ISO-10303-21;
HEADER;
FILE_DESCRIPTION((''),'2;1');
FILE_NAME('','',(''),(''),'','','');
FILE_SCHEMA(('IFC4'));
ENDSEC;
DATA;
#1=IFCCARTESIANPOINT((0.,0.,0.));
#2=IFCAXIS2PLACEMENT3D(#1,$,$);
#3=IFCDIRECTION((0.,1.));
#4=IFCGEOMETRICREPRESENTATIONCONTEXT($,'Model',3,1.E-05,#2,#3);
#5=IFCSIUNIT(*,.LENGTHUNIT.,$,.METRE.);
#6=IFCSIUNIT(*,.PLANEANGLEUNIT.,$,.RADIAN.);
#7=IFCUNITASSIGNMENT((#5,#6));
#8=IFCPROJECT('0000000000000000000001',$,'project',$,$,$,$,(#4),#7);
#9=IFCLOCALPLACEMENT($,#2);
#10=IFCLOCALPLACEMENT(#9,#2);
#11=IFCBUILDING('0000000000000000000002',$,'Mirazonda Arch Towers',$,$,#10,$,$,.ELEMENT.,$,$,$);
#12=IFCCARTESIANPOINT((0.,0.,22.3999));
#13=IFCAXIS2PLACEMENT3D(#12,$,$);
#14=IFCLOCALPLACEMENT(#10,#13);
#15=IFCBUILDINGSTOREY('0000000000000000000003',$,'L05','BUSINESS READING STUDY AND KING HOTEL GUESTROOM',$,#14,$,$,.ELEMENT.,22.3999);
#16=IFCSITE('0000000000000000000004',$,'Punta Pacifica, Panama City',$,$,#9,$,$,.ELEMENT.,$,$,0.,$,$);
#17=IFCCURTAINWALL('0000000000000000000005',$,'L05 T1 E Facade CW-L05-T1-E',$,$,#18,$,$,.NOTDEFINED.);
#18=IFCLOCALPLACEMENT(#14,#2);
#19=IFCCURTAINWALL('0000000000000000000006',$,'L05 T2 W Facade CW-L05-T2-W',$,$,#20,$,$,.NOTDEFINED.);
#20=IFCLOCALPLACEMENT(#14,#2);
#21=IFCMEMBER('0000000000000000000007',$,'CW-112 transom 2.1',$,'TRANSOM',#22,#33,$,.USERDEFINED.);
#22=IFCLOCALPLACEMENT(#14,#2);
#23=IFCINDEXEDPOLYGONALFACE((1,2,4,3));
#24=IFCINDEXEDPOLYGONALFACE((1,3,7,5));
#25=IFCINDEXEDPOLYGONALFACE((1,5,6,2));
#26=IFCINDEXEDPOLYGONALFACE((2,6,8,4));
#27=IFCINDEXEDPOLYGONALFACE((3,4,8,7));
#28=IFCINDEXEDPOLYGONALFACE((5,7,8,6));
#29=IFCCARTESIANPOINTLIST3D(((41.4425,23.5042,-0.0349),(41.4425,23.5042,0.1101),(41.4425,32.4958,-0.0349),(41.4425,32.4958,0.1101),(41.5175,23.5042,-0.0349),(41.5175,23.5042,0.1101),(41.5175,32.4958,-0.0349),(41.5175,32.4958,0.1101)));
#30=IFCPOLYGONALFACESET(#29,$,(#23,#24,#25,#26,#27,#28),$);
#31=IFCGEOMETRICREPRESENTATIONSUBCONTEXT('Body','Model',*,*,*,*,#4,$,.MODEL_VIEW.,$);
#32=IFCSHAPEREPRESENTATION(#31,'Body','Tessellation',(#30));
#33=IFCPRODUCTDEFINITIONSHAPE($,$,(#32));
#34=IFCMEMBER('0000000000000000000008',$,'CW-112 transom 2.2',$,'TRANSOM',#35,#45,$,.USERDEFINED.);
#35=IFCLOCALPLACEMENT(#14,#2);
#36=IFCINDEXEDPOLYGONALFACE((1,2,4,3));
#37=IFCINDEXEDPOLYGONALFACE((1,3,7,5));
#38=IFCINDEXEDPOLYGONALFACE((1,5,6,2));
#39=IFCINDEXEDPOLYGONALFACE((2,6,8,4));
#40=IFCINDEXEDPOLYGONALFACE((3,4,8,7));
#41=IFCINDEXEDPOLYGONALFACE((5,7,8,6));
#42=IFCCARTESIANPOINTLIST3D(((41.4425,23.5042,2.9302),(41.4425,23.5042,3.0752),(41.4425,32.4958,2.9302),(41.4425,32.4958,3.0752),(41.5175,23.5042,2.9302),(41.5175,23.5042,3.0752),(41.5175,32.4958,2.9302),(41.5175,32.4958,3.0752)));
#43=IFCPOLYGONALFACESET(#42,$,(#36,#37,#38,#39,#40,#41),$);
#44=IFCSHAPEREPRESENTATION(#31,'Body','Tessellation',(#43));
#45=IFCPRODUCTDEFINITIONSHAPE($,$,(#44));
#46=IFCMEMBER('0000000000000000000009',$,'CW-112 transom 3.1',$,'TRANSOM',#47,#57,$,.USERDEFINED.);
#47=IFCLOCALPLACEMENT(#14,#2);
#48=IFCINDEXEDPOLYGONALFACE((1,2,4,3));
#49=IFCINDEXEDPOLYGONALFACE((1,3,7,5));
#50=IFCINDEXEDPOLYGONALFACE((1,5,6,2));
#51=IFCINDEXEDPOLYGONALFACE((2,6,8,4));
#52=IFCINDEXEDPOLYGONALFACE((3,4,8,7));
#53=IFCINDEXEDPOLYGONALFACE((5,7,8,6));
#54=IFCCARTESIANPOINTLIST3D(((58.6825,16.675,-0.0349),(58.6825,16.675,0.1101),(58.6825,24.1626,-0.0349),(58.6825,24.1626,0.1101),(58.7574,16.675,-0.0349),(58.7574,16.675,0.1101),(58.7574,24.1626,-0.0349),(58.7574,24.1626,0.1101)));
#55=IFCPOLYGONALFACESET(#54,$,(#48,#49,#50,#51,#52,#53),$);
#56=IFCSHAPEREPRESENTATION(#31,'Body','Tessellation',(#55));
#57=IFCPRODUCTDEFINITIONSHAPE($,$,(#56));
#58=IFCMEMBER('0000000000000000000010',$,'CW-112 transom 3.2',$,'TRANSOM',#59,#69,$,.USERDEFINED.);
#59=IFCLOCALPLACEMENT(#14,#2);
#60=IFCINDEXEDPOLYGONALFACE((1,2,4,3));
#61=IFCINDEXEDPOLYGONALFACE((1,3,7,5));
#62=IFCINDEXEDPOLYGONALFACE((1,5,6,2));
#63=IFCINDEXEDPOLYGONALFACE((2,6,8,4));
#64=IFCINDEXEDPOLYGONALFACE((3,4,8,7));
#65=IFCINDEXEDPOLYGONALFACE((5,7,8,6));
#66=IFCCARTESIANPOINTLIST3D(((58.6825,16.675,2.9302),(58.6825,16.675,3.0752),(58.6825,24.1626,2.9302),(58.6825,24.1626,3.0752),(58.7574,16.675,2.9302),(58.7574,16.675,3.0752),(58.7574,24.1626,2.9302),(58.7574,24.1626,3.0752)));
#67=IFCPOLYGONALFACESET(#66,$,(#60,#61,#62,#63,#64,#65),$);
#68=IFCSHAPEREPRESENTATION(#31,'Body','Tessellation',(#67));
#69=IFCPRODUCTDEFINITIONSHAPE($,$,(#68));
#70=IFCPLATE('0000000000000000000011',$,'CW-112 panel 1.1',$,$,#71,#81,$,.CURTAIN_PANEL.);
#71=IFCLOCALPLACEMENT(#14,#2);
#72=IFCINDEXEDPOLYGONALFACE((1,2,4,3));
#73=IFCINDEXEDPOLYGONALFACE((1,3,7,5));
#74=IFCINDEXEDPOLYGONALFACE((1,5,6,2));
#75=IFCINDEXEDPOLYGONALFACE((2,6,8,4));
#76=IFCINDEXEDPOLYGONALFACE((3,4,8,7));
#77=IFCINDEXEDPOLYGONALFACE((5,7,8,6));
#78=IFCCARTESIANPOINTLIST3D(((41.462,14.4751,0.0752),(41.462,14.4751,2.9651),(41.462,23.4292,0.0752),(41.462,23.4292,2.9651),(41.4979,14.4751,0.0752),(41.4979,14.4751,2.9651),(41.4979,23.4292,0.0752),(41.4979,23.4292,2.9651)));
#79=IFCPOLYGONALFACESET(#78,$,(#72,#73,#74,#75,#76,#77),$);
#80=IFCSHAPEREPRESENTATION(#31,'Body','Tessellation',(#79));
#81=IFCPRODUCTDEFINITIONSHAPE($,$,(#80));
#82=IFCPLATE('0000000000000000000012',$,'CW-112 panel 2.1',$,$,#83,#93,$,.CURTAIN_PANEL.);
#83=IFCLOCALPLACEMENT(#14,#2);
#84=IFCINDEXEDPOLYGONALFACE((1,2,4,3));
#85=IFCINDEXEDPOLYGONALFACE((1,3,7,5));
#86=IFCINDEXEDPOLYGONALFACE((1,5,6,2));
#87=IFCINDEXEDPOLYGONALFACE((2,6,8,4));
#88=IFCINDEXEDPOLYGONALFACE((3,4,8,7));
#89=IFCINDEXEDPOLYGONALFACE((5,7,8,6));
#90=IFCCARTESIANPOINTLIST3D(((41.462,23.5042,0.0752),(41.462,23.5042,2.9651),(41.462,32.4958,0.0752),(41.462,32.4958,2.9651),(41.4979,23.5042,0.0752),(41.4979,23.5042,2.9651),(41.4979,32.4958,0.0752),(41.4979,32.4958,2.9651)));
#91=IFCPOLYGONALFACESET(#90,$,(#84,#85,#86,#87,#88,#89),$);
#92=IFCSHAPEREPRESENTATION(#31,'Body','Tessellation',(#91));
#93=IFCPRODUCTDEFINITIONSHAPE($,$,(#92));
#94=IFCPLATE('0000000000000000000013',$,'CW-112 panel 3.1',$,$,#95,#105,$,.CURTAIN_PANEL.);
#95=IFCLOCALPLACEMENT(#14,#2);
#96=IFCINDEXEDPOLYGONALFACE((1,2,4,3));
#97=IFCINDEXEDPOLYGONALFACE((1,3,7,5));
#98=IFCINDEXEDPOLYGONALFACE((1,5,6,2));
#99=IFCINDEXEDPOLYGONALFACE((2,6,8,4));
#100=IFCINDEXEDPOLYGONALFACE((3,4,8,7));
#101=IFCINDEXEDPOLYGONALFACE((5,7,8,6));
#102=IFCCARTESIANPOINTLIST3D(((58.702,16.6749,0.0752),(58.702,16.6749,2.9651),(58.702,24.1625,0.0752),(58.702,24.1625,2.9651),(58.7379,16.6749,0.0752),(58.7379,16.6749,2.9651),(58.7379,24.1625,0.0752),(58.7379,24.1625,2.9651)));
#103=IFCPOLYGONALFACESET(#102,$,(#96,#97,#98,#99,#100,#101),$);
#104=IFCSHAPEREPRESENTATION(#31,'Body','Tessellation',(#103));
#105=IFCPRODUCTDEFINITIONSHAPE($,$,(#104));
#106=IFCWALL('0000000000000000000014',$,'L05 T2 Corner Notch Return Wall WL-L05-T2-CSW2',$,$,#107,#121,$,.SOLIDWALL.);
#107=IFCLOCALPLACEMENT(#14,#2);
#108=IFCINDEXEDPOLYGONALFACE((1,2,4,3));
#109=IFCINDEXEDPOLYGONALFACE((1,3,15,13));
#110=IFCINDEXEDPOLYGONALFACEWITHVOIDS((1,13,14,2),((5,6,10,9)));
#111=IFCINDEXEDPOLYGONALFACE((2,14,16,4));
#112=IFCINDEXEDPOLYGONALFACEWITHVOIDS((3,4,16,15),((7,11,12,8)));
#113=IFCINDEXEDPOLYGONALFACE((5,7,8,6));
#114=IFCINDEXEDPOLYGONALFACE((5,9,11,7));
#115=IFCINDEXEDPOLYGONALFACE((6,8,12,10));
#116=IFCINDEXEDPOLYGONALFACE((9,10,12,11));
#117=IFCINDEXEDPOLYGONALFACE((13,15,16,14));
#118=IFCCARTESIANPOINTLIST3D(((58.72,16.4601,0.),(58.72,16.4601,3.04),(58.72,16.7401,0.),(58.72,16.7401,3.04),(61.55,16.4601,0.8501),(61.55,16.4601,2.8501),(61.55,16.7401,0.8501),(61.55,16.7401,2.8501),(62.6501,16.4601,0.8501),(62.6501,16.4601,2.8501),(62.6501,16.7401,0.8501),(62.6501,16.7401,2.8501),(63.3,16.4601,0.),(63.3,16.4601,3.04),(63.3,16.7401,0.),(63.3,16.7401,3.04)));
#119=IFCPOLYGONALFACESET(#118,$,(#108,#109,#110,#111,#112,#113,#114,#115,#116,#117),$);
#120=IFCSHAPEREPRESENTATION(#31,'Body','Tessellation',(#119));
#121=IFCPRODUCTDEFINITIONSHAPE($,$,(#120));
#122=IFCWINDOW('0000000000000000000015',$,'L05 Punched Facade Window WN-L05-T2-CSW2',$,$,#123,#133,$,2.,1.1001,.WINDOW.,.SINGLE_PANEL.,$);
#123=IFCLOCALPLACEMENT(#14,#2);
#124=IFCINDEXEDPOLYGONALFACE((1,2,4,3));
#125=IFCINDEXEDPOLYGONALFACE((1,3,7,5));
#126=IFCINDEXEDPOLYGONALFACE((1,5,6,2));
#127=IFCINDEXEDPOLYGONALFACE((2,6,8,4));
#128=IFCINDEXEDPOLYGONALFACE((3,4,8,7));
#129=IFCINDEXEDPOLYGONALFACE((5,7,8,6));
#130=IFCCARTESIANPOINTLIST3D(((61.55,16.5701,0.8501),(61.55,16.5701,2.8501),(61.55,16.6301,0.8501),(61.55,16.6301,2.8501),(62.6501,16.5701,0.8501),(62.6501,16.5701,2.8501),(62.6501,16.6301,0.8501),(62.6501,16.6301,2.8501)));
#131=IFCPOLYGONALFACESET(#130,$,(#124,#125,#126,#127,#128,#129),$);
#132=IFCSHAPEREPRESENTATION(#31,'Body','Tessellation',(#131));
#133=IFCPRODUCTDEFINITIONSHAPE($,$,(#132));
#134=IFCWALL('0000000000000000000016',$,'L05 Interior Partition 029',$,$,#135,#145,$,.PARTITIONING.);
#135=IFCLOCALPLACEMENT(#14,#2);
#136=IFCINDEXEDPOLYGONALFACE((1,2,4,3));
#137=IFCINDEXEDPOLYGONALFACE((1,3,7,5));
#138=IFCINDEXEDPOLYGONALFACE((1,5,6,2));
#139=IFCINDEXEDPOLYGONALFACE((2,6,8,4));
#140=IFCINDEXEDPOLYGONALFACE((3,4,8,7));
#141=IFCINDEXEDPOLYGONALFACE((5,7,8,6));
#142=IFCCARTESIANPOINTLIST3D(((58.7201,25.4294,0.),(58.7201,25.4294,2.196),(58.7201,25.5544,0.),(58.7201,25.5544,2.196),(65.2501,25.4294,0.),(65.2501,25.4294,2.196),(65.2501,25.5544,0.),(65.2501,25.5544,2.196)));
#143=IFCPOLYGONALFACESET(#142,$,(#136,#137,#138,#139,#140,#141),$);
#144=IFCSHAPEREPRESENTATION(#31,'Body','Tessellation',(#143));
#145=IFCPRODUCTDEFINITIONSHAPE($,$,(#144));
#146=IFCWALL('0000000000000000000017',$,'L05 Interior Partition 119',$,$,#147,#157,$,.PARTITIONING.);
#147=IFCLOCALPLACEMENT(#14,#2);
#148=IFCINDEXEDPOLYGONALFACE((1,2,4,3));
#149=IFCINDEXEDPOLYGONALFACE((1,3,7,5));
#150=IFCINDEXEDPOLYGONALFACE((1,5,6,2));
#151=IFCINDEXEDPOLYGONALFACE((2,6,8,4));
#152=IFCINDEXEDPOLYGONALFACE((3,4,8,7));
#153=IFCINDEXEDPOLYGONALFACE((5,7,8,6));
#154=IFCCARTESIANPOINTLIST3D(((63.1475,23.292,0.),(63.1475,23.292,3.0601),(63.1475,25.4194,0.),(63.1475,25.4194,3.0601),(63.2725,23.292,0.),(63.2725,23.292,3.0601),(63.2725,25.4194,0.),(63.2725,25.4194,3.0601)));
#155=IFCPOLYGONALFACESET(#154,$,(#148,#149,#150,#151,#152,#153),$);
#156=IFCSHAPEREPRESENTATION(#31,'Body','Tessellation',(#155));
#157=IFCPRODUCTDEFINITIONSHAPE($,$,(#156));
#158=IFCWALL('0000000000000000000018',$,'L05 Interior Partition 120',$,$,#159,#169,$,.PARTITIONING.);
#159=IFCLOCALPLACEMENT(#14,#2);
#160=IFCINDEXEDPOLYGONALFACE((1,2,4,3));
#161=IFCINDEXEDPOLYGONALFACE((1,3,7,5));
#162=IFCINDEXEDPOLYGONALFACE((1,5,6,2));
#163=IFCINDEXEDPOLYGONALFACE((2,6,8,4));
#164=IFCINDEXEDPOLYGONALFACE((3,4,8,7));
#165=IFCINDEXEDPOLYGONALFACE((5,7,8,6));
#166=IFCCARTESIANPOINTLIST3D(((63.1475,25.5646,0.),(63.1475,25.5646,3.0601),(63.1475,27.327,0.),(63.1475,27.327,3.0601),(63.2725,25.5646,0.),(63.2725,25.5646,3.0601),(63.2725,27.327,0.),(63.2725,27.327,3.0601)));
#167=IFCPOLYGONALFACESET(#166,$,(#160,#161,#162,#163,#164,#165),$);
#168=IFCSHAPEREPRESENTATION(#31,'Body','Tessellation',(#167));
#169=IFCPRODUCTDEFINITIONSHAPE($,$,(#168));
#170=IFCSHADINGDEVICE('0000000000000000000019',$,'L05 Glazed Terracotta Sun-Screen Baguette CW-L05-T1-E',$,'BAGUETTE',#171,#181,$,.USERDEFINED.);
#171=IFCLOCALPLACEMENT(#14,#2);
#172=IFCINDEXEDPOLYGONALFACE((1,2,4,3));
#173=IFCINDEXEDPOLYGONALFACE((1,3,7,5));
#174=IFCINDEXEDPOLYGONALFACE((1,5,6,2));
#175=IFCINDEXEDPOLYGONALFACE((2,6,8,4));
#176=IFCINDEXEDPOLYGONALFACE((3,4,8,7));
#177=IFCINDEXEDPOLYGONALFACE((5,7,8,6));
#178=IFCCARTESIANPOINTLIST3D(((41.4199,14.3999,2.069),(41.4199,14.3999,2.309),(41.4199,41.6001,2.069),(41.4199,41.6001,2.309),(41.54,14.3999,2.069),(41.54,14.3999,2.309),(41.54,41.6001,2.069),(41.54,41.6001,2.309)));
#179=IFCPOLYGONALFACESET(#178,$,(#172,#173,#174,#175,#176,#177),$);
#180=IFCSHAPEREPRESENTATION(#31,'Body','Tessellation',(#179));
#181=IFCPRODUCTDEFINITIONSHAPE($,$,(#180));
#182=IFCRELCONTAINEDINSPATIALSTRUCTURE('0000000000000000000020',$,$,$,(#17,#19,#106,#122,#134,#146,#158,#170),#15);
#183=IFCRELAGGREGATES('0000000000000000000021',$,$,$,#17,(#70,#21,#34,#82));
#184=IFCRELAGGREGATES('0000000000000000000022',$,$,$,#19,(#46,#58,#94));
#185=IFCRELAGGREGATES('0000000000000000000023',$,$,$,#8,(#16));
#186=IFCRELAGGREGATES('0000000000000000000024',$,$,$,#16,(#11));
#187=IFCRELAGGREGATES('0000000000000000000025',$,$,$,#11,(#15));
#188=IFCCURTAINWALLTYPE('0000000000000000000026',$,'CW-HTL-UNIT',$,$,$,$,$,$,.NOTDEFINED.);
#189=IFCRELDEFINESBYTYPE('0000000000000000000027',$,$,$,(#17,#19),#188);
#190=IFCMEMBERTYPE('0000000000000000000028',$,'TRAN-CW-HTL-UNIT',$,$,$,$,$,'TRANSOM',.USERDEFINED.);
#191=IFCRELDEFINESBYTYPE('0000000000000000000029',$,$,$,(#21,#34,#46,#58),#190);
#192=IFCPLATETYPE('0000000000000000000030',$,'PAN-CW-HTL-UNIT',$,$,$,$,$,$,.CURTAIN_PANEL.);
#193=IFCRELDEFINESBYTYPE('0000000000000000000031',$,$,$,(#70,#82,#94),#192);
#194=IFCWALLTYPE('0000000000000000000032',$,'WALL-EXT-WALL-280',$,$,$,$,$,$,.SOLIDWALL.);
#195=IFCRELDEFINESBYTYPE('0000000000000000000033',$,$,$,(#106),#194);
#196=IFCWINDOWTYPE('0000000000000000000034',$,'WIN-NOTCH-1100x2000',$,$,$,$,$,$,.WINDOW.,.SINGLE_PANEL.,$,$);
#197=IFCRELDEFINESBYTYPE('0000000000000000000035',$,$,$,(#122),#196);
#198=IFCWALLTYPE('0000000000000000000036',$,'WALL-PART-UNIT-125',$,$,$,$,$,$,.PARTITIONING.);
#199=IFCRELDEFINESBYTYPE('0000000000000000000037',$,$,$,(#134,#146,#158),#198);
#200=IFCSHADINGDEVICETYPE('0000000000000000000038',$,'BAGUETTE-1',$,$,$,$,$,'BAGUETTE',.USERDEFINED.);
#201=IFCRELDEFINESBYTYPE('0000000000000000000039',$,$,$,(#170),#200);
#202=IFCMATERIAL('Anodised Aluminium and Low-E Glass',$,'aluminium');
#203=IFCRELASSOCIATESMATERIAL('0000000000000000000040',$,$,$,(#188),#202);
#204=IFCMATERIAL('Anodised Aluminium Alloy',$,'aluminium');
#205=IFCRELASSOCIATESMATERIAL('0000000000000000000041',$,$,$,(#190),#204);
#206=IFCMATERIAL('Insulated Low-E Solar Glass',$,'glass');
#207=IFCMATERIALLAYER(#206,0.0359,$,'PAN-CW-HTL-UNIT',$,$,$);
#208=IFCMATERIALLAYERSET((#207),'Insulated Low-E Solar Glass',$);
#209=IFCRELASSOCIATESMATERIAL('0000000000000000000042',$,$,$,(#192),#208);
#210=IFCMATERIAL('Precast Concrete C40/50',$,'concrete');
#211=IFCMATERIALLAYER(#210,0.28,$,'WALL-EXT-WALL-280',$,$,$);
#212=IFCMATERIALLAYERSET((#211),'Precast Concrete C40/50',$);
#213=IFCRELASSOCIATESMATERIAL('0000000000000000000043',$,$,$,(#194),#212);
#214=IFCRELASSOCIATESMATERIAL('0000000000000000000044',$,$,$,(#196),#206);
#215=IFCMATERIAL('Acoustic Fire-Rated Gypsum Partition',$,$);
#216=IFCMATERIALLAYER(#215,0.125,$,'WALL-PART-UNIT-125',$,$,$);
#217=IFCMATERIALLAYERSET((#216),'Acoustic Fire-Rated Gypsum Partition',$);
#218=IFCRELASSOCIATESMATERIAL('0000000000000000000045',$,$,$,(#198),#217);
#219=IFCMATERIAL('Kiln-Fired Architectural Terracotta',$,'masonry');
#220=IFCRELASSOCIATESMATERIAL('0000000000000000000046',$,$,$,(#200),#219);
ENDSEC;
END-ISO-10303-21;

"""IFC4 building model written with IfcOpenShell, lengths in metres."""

from ifc_helpers import new_model, si_unit, direction, frame, frame_2d, origin, origin_2d, place, context, subcontext, project, spatial, rectangle, extrude, material, layer, layer_set, material_profile, profile_set, type_object, element, fill, aggregate, save


model = new_model("IFC4")

# Units and contexts
model_context = context("Model", 3, precision=1e-05, world=origin(), true_north=direction((0.0, 1.0)))
body_context = subcontext(model_context, "Body", "Model", "MODEL_VIEW")
ifc_project = project(units=[si_unit("LENGTHUNIT", "METRE"), si_unit("PLANEANGLEUNIT", "RADIAN")], contexts=[model_context])

# Site, building, storey
site_placement = place(None, origin())
site = spatial("IfcSite", under=ifc_project, at=site_placement, Name="Punta Pacifica, Panama City", CompositionType="ELEMENT", RefElevation=0.0)
building_placement = place(site_placement, origin())
building = spatial("IfcBuilding", under=site, at=building_placement, Name="Mirazonda Arch Towers", CompositionType="ELEMENT")
storey_placement = place(building_placement, frame((0.0, 0.0, 22.3999)))
storey = spatial("IfcBuildingStorey", under=building, at=storey_placement, Name="L05", Description="BUSINESS READING STUDY AND KING HOTEL GUESTROOM", CompositionType="ELEMENT", Elevation=22.3999)

# Curtain walls
ifc_material_1 = material(Name="Anodised Aluminium and Low-E Glass", Category="aluminium")
curtain_wall_type = type_object("IfcCurtainWallType", Name="CW-HTL-UNIT", PredefinedType="NOTDEFINED", material=ifc_material_1)
curtain_wall_1_placement = place(storey_placement, origin())
curtain_wall_1 = element("IfcCurtainWall", 1, at=curtain_wall_1_placement, inside=storey, type_object=curtain_wall_type, Name="L05 T1 E Facade CW-L05-T1-E", PredefinedType="NOTDEFINED")
ifc_material_2 = material(Name="Anodised Aluminium Alloy", Category="aluminium")
curtain_wall_2_placement = place(storey_placement, origin())
curtain_wall_2 = element("IfcCurtainWall", 2, at=curtain_wall_2_placement, inside=storey, type_object=curtain_wall_type, Name="L05 T2 W Facade CW-L05-T2-W", PredefinedType="NOTDEFINED")

# Members
ifc_material_profile_1 = material_profile(ifc_material_2, rectangle(XDim=0.075, YDim=0.145, at=origin_2d()), Name="ALU-TRAN-75x145")
ifc_profile_set_1 = profile_set([ifc_material_profile_1], Name="Anodised Aluminium Alloy")
member_type_1 = type_object("IfcMemberType", Name="TRAN-CW-HTL-UNIT", ElementType="TRANSOM", PredefinedType="USERDEFINED", material=ifc_profile_set_1)
member_1_placement = place(storey_placement, frame((41.48, 23.5042, 0.0376), z_axis=(0.0, 1.0, 0.0), x_axis=(-1.0, 0.0, 0.0)))
member_1 = element("IfcMember", 3, at=member_1_placement, type_object=member_type_1, Name="CW-112 transom 2.1", ObjectType="TRANSOM", PredefinedType="USERDEFINED", context=body_context, shape_type="SweptSolid", body=[
    extrude(rectangle(XDim=0.075, YDim=0.145, at=origin_2d()), origin(), (0.0, 0.0, 1.0), 8.9917),
])
member_2_placement = place(storey_placement, frame((41.48, 23.5042, 3.0027), z_axis=(0.0, 1.0, 0.0), x_axis=(-1.0, 0.0, 0.0)))
member_2 = element("IfcMember", 4, at=member_2_placement, type_object=member_type_1, Name="CW-112 transom 2.2", ObjectType="TRANSOM", PredefinedType="USERDEFINED", context=body_context, shape_type="SweptSolid", body=[
    extrude(rectangle(XDim=0.075, YDim=0.145, at=origin_2d()), origin(), (0.0, 0.0, 1.0), 8.9917),
])
member_3_placement = place(storey_placement, frame((58.72, 24.1626, 0.0376), z_axis=(0.0, -1.0, 0.0), x_axis=(1.0, 0.0, 0.0)))
member_3 = element("IfcMember", 5, at=member_3_placement, type_object=member_type_1, Name="CW-112 transom 3.1", ObjectType="TRANSOM", PredefinedType="USERDEFINED", context=body_context, shape_type="SweptSolid", body=[
    extrude(rectangle(XDim=0.075, YDim=0.145, at=origin_2d()), origin(), (0.0, 0.0, 1.0), 7.4875),
])
member_4_placement = place(storey_placement, frame((58.72, 24.1626, 3.0027), z_axis=(0.0, -1.0, 0.0), x_axis=(1.0, 0.0, 0.0)))
member_4 = element("IfcMember", 6, at=member_4_placement, type_object=member_type_1, Name="CW-112 transom 3.2", ObjectType="TRANSOM", PredefinedType="USERDEFINED", context=body_context, shape_type="SweptSolid", body=[
    extrude(rectangle(XDim=0.075, YDim=0.145, at=origin_2d()), origin(), (0.0, 0.0, 1.0), 7.4875),
])

# Plates
ifc_material_3 = material(Name="Insulated Low-E Solar Glass", Category="glass")
ifc_layer_1 = layer(ifc_material_3, 0.0359, Name="PAN-CW-HTL-UNIT")
ifc_layer_set_1 = layer_set([ifc_layer_1], Name="Insulated Low-E Solar Glass")
plate_type = type_object("IfcPlateType", Name="PAN-CW-HTL-UNIT", PredefinedType="CURTAIN_PANEL", material=ifc_layer_set_1)
plate_1_placement = place(storey_placement, frame((41.48, 18.9521, 0.0752), z_axis=(0.0, 0.0, 1.0), x_axis=(0.0, 1.0, 0.0)))
plate_1 = element("IfcPlate", 7, at=plate_1_placement, type_object=plate_type, Name="CW-112 panel 1.1", PredefinedType="CURTAIN_PANEL", context=body_context, shape_type="SweptSolid", body=[
    extrude(rectangle(XDim=8.9541, YDim=0.0359, at=origin_2d()), origin(), (0.0, 0.0, 1.0), 2.8899),
])
plate_2_placement = place(storey_placement, frame((41.48, 28.0, 0.0752), z_axis=(0.0, 0.0, 1.0), x_axis=(0.0, 1.0, 0.0)))
plate_2 = element("IfcPlate", 8, at=plate_2_placement, type_object=plate_type, Name="CW-112 panel 2.1", PredefinedType="CURTAIN_PANEL", context=body_context, shape_type="SweptSolid", body=[
    extrude(rectangle(XDim=8.9917, YDim=0.0359, at=origin_2d()), origin(), (0.0, 0.0, 1.0), 2.8899),
])
aggregate(curtain_wall_1, [plate_1, member_1, member_2, plate_2])
plate_3_placement = place(storey_placement, frame((58.72, 20.4187, 0.0752), z_axis=(0.0, 0.0, 1.0), x_axis=(0.0, -1.0, 0.0)))
plate_3 = element("IfcPlate", 9, at=plate_3_placement, type_object=plate_type, Name="CW-112 panel 3.1", PredefinedType="CURTAIN_PANEL", context=body_context, shape_type="SweptSolid", body=[
    extrude(rectangle(XDim=7.4875, YDim=0.0359, at=origin_2d()), origin(), (0.0, 0.0, 1.0), 2.8899),
])
aggregate(curtain_wall_2, [member_3, member_4, plate_3])

# Wall, opening, window
ifc_material_4 = material(Name="Precast Concrete C40/50", Category="concrete")
ifc_layer_2 = layer(ifc_material_4, 0.28, Name="WALL-EXT-WALL-280")
ifc_layer_set_2 = layer_set([ifc_layer_2], Name="Precast Concrete C40/50")
wall_type_1 = type_object("IfcWallType", Name="WALL-EXT-WALL-280", PredefinedType="SOLIDWALL", material=ifc_layer_set_2)
wall_1_placement = place(storey_placement, frame((58.72, 16.6001, 0.0), z_axis=(0.0, 0.0, 1.0), x_axis=(1.0, 0.0, 0.0)))
wall_1 = element("IfcWall", 10, at=wall_1_placement, inside=storey, type_object=wall_type_1, Name="L05 T2 Corner Notch Return Wall WL-L05-T2-CSW2", PredefinedType="SOLIDWALL", context=body_context, shape_type="SweptSolid", body=[
    extrude(rectangle(XDim=4.5801, YDim=0.28, at=frame_2d((2.29, 0.0))), origin(), (0.0, 0.0, 1.0), 3.04),
])
opening_1_placement = place(wall_1_placement, frame((2.8301, 0.0, 0.8501)))
opening_1 = element("IfcOpeningElement", 11, at=opening_1_placement, cuts=wall_1, PredefinedType="OPENING", context=body_context, shape_type="SweptSolid", body=[
    extrude(rectangle(XDim=1.1001, YDim=2.0, at=frame_2d((0.55, 1.0))), frame((0.0, 0.1499, 0.0), z_axis=(0.0, -1.0, 0.0), x_axis=(1.0, 0.0, 0.0)), (0.0, 0.0, 1.0), 0.3),
])
window_type = type_object("IfcWindowType", Name="WIN-NOTCH-1100x2000", PartitioningType="SINGLE_PANEL", PredefinedType="WINDOW", material=ifc_material_3)
window_placement = place(opening_1_placement, origin())
window = element("IfcWindow", 12, at=window_placement, inside=storey, type_object=window_type, Name="L05 Punched Facade Window WN-L05-T2-CSW2", OverallHeight=2.0, OverallWidth=1.1001, PartitioningType="SINGLE_PANEL", PredefinedType="WINDOW", context=body_context, shape_type="SweptSolid", body=[
    extrude(rectangle(XDim=1.1001, YDim=2.0, at=frame_2d((0.55, 1.0))), frame((0.0, 0.03, 0.0), z_axis=(0.0, -1.0, 0.0), x_axis=(1.0, 0.0, 0.0)), (0.0, 0.0, 1.0), 0.0601),
])
fill(opening_1, window)

# Walls
ifc_material_5 = material(Name="Acoustic Fire-Rated Gypsum Partition")
ifc_layer_3 = layer(ifc_material_5, 0.125, Name="WALL-PART-UNIT-125")
ifc_layer_set_3 = layer_set([ifc_layer_3], Name="Acoustic Fire-Rated Gypsum Partition")
wall_type_2 = type_object("IfcWallType", Name="WALL-PART-UNIT-125", PredefinedType="PARTITIONING", material=ifc_layer_set_3)
wall_2_placement = place(storey_placement, frame((58.72, 25.4919, 0.0), z_axis=(0.0, 0.0, 1.0), x_axis=(1.0, 0.0, 0.0)))
element("IfcWall", 13, at=wall_2_placement, inside=storey, type_object=wall_type_2, Name="L05 Interior Partition 029", PredefinedType="PARTITIONING", context=body_context, shape_type="SweptSolid", body=[
    extrude(rectangle(XDim=6.53, YDim=0.125, at=frame_2d((3.2651, 0.0))), origin(), (0.0, 0.0, 1.0), 2.196),
])
wall_3_placement = place(storey_placement, frame((63.21, 23.292, 0.0), z_axis=(0.0, 0.0, 1.0), x_axis=(0.0, 1.0, 0.0)))
element("IfcWall", 14, at=wall_3_placement, inside=storey, type_object=wall_type_2, Name="L05 Interior Partition 119", PredefinedType="PARTITIONING", context=body_context, shape_type="SweptSolid", body=[
    extrude(rectangle(XDim=2.1274, YDim=0.125, at=frame_2d((1.0637, 0.0))), origin(), (0.0, 0.0, 1.0), 3.0601),
])
wall_4_placement = place(storey_placement, frame((63.21, 25.5645, 0.0), z_axis=(0.0, 0.0, 1.0), x_axis=(0.0, 1.0, 0.0)))
element("IfcWall", 15, at=wall_4_placement, inside=storey, type_object=wall_type_2, Name="L05 Interior Partition 120", PredefinedType="PARTITIONING", context=body_context, shape_type="SweptSolid", body=[
    extrude(rectangle(XDim=1.7625, YDim=0.125, at=frame_2d((0.8813, 0.0))), origin(), (0.0, 0.0, 1.0), 3.0601),
])

# Shading device
ifc_material_6 = material(Name="Kiln-Fired Architectural Terracotta", Category="masonry")
ifc_material_profile_2 = material_profile(ifc_material_6, rectangle(XDim=0.1201, YDim=0.24, at=origin_2d()), Name="TERRA-BAG-120x240")
ifc_profile_set_2 = profile_set([ifc_material_profile_2], Name="Kiln-Fired Architectural Terracotta")
shading_device_type = type_object("IfcShadingDeviceType", Name="BAGUETTE-1", ElementType="BAGUETTE", PredefinedType="USERDEFINED", material=ifc_profile_set_2)
shading_device_placement = place(storey_placement, frame((41.48, 14.3999, 2.189), z_axis=(0.0, 1.0, 0.0), x_axis=(-1.0, 0.0, 0.0)))
element("IfcShadingDevice", 16, at=shading_device_placement, inside=storey, type_object=shading_device_type, Name="L05 Glazed Terracotta Sun-Screen Baguette CW-L05-T1-E", ObjectType="BAGUETTE", PredefinedType="USERDEFINED", context=body_context, shape_type="SweptSolid", body=[
    extrude(rectangle(XDim=0.1201, YDim=0.24, at=origin_2d()), origin(), (0.0, 0.0, 1.0), 27.2002),
])

save(model, "model.ifc")
